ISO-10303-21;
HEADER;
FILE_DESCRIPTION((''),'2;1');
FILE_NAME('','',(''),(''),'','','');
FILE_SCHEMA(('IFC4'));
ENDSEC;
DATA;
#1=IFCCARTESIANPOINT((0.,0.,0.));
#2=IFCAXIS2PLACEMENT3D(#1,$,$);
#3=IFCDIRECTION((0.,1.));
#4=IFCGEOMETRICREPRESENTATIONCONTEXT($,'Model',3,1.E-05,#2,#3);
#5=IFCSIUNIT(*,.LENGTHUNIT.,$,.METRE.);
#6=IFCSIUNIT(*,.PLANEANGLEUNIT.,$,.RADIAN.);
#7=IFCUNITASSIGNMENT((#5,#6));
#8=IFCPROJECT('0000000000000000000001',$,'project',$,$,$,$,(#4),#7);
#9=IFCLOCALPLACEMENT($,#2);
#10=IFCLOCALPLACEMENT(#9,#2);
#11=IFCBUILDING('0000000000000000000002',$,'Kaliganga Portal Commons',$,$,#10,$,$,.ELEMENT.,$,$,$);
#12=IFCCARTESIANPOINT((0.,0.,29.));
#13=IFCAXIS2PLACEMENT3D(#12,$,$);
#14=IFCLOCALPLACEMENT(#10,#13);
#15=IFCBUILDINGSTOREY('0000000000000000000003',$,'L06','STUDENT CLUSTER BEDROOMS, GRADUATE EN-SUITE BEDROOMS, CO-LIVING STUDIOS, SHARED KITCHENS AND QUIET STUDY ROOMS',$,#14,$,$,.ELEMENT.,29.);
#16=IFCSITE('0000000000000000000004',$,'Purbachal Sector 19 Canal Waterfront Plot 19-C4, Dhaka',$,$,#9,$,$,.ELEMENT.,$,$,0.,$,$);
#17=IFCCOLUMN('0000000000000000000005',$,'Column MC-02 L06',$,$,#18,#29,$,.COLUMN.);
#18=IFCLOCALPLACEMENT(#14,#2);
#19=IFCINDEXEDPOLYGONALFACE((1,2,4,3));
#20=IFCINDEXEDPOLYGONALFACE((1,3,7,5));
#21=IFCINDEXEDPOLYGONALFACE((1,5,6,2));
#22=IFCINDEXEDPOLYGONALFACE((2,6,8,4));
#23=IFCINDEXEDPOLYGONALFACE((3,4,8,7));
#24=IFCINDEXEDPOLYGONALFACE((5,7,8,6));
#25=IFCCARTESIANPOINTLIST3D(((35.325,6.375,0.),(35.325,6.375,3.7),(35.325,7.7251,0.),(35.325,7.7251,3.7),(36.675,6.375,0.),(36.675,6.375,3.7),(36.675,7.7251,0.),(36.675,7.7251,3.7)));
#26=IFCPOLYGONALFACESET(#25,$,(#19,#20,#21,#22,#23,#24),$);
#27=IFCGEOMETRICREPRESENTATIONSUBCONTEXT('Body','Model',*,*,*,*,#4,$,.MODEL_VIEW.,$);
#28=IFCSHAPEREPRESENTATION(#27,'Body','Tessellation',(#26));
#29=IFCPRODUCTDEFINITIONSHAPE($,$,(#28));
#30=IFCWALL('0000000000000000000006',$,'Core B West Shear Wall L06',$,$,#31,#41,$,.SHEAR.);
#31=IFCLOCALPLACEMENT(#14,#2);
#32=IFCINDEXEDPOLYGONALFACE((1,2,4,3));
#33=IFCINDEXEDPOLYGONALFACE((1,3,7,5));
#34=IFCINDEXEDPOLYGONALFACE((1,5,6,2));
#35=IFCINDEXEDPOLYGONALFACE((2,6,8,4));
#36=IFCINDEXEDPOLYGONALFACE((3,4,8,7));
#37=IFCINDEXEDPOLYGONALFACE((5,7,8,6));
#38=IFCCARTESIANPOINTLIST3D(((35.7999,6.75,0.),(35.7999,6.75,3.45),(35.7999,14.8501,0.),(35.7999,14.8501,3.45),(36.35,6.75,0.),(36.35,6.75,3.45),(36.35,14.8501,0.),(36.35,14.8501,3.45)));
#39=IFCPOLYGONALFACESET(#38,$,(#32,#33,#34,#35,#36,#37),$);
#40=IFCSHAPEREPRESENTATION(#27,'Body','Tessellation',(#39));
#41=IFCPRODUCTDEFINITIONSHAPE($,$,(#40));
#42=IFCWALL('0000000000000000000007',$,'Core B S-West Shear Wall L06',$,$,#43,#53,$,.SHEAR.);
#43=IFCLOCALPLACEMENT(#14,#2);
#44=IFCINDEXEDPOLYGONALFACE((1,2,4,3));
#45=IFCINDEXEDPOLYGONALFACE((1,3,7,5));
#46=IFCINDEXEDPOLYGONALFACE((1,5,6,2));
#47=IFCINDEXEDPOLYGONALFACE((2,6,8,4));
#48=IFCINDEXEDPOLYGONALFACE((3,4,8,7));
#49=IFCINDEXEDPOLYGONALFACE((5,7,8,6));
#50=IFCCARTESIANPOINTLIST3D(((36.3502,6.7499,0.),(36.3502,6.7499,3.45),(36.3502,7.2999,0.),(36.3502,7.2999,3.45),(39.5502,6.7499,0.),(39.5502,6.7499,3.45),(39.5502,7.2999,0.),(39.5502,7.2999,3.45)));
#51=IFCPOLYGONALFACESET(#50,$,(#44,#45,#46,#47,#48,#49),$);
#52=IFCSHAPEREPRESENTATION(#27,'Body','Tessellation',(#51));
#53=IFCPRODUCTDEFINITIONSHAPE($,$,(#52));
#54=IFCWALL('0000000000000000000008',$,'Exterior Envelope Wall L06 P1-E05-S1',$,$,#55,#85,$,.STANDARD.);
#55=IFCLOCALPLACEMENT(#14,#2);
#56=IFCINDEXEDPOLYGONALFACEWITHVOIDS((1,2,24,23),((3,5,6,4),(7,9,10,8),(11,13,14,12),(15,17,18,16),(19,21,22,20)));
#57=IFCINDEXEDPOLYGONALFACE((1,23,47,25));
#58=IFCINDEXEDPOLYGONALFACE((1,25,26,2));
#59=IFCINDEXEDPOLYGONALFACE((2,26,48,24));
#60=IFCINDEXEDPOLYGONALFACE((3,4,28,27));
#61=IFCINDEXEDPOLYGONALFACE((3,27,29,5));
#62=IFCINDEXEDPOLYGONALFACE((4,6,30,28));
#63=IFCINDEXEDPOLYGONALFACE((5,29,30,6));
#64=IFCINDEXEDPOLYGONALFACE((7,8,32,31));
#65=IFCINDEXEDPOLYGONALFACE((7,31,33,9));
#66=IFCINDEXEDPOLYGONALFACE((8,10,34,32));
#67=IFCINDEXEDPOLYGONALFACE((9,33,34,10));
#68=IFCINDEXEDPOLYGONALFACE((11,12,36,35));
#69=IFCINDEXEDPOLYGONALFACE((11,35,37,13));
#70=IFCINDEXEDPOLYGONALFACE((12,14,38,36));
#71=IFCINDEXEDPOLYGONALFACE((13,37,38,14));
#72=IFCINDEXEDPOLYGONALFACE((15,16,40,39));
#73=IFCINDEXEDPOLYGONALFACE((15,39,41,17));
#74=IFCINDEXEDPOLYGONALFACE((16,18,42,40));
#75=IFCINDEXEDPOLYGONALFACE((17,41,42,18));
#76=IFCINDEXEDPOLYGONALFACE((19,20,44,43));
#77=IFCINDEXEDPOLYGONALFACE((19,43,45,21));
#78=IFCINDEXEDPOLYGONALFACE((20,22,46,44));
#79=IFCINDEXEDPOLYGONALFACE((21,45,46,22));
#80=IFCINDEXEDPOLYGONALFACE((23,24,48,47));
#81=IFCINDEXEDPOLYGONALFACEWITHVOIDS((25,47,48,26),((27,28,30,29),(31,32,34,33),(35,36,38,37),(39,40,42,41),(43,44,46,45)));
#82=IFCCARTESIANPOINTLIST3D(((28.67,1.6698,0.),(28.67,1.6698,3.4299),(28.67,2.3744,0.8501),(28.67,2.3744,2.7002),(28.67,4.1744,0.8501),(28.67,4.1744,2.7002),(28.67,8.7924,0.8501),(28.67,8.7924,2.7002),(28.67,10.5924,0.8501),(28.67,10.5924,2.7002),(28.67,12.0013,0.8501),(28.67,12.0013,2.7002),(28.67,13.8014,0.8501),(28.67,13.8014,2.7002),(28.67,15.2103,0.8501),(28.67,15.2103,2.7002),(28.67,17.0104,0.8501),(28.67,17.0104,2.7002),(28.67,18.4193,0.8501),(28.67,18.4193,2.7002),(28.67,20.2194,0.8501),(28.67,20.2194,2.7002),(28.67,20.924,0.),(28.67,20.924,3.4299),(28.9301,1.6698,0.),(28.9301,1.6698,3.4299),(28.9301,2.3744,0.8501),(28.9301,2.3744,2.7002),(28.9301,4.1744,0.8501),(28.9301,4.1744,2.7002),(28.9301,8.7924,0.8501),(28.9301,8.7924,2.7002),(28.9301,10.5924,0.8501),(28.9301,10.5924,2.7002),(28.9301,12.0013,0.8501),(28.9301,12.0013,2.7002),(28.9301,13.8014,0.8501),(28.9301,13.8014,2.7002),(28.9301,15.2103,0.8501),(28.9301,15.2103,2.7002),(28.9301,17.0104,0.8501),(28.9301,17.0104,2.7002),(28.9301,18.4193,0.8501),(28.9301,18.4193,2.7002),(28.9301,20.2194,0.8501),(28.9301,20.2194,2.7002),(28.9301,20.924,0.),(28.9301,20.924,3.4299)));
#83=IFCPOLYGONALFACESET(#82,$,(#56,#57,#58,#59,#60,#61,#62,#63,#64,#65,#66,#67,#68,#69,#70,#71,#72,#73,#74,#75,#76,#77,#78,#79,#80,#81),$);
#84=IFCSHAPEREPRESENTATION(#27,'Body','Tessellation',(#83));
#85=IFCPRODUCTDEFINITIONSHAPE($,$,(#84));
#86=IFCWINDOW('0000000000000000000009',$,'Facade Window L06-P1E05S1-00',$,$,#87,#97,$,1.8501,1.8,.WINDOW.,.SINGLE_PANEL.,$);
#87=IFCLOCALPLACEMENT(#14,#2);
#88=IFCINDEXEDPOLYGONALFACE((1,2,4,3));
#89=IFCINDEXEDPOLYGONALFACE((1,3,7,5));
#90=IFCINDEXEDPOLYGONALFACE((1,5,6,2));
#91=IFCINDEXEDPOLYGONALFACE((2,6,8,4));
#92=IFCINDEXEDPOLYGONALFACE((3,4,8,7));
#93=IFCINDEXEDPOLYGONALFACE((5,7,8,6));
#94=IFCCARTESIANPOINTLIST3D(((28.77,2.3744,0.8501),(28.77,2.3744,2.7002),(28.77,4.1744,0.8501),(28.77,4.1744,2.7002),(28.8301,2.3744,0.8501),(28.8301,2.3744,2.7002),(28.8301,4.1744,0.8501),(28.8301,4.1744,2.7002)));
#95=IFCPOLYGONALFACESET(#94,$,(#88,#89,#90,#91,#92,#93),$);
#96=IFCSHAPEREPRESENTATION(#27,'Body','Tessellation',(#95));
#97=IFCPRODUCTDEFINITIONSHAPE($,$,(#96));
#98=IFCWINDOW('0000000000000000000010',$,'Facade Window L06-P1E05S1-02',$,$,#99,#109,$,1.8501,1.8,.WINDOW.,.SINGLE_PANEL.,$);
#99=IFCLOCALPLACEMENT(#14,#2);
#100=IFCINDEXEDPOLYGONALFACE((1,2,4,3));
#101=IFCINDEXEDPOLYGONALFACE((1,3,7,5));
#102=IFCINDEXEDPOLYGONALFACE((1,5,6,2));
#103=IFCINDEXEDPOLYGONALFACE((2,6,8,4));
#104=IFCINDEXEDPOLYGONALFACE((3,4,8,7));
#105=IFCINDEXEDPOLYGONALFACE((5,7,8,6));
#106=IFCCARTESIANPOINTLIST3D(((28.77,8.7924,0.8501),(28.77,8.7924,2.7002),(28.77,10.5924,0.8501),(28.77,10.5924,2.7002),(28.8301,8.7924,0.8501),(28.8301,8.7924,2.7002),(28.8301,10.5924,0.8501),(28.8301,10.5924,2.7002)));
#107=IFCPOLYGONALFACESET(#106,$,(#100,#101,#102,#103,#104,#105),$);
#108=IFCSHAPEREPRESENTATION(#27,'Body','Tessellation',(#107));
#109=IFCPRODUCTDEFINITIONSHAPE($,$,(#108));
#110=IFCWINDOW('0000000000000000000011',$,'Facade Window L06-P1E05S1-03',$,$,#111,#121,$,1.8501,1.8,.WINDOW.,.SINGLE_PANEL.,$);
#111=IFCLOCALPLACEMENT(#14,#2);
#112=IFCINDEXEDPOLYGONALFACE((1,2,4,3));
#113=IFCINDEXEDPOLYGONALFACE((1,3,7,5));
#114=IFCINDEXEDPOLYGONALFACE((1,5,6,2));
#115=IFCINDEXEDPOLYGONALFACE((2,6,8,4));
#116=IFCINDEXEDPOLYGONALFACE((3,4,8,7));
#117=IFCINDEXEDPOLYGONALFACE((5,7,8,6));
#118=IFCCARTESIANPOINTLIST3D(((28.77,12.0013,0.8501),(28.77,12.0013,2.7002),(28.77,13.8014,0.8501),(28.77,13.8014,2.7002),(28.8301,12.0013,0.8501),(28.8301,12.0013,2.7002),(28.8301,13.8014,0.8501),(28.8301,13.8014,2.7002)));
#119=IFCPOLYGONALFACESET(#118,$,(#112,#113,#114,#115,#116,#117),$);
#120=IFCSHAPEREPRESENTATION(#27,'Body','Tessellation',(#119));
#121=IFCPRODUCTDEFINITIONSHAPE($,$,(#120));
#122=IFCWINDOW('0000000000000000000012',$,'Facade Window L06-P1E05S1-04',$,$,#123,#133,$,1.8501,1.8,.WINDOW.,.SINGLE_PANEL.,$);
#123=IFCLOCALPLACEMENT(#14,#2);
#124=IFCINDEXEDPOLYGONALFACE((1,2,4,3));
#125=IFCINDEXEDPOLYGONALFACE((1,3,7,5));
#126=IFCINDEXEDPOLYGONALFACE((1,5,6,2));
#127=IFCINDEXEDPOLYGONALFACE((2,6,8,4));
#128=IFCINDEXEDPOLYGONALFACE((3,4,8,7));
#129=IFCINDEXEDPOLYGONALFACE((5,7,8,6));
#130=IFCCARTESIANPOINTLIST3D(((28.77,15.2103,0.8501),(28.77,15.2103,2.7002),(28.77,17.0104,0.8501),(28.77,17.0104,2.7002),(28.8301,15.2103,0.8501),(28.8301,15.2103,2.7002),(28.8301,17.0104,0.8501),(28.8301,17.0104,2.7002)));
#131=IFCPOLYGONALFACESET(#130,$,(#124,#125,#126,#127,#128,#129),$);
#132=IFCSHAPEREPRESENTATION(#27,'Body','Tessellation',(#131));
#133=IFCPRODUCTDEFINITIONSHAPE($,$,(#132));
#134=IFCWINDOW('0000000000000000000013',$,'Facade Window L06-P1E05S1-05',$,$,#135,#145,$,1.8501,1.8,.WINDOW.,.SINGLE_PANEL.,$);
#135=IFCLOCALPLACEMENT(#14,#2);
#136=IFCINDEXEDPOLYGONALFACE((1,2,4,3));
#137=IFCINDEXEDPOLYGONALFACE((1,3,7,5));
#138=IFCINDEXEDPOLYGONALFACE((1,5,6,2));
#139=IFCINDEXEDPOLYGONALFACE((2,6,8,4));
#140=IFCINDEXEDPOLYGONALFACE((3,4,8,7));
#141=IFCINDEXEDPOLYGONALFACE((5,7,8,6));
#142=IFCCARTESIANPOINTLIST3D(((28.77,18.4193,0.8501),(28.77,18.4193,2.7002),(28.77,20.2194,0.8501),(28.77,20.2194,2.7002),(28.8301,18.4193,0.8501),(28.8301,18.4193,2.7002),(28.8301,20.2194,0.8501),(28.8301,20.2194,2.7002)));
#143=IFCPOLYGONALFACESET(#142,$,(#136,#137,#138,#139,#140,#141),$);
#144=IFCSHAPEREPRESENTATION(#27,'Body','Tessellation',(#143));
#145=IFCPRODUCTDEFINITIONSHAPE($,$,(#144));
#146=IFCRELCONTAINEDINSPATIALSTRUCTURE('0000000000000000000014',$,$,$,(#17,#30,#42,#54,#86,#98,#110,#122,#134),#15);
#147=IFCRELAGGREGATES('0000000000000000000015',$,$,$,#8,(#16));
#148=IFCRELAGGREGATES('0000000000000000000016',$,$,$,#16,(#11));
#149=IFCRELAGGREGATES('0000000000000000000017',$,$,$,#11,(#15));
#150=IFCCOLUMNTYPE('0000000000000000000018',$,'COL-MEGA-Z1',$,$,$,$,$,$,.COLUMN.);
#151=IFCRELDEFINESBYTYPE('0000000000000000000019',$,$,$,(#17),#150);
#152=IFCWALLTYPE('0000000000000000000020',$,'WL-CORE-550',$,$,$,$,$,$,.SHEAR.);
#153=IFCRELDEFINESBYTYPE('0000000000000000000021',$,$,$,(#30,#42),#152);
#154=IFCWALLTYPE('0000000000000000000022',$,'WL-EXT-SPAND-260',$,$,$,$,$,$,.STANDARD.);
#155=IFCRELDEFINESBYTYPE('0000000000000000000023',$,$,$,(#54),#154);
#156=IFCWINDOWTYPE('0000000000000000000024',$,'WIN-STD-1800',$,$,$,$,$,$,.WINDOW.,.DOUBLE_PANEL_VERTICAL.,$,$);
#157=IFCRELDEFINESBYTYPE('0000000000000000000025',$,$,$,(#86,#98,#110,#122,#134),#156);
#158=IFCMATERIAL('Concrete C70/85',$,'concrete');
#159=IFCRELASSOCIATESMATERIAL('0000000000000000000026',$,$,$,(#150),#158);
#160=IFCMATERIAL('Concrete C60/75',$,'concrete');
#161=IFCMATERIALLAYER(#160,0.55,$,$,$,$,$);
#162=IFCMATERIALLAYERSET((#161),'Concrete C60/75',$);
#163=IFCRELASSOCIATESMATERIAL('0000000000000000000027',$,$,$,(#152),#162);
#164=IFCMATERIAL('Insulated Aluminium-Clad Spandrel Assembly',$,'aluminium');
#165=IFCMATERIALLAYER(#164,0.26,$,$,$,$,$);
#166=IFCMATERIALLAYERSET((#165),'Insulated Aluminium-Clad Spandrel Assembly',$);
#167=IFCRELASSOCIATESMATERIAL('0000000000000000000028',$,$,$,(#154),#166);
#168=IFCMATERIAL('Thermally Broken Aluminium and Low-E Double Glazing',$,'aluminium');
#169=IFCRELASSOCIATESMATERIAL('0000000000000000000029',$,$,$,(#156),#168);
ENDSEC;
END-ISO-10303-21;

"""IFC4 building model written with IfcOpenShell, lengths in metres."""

from ifc_helpers import new_model, si_unit, direction, frame, frame_2d, origin, origin_2d, place, context, subcontext, project, spatial, rectangle, extrude, source, transform, mapped, material, layer, layer_set, material_profile, profile_set, type_object, element, fill, save


model = new_model("IFC4")

# Units and contexts
model_context = context("Model", 3, precision=1e-05, world=origin(), true_north=direction((0.0, 1.0)))
body_context = subcontext(model_context, "Body", "Model", "MODEL_VIEW")
ifc_project = project(units=[si_unit("LENGTHUNIT", "METRE"), si_unit("PLANEANGLEUNIT", "RADIAN")], contexts=[model_context])

# Site, building, storey
site_placement = place(None, origin())
site = spatial("IfcSite", under=ifc_project, at=site_placement, Name="Purbachal Sector 19 Canal Waterfront Plot 19-C4, Dhaka", CompositionType="ELEMENT", RefElevation=0.0)
building_placement = place(site_placement, origin())
building = spatial("IfcBuilding", under=site, at=building_placement, Name="Kaliganga Portal Commons", CompositionType="ELEMENT")
storey_placement = place(building_placement, frame((0.0, 0.0, 29.0)))
storey = spatial("IfcBuildingStorey", under=building, at=storey_placement, Name="L06", Description="STUDENT CLUSTER BEDROOMS, GRADUATE EN-SUITE BEDROOMS, CO-LIVING STUDIOS, SHARED KITCHENS AND QUIET STUDY ROOMS", CompositionType="ELEMENT", Elevation=29.0)

# Column
ifc_material_1 = material(Name="Concrete C70/85", Category="concrete")
ifc_material_profile = material_profile(ifc_material_1, rectangle(XDim=1.3501, YDim=1.3501, at=origin_2d()), Name="RC 1350x1350")
ifc_profile_set = profile_set([ifc_material_profile], Name="Concrete C70/85")
column_type = type_object("IfcColumnType", Name="COL-MEGA-Z1", PredefinedType="COLUMN", material=ifc_profile_set)
shared_shape = source(origin(), body_context, "Body", "SweptSolid", [
    extrude(rectangle(XDim=1.3501, YDim=1.3501, at=origin_2d()), origin(), (0.0, 0.0, 1.0), 3.7),
])
column_placement = place(storey_placement, frame((36.0, 7.05, 0.0), z_axis=(0.0, 0.0, 1.0), x_axis=(1.0, 0.0, 0.0)))
element("IfcColumn", 1, at=column_placement, inside=storey, type_object=column_type, Name="Column MC-02 L06", PredefinedType="COLUMN", context=body_context, shape_type="MappedRepresentation", body=[
    mapped(shared_shape, transform((0.0, 0.0, 0.0), x_axis=(1.0, 0.0, 0.0), y_axis=(0.0, 1.0, 0.0), z_axis=(0.0, 0.0, 1.0), scale=1.0)),
])

# Walls
ifc_material_2 = material(Name="Concrete C60/75", Category="concrete")
ifc_layer_1 = layer(ifc_material_2, 0.55)
ifc_layer_set_1 = layer_set([ifc_layer_1], Name="Concrete C60/75")
wall_type_1 = type_object("IfcWallType", Name="WL-CORE-550", PredefinedType="SHEAR", material=ifc_layer_set_1)
wall_1_placement = place(storey_placement, frame((36.075, 6.75, 0.0), z_axis=(0.0, 0.0, 1.0), x_axis=(0.0, 1.0, 0.0)))
element("IfcWall", 2, at=wall_1_placement, inside=storey, type_object=wall_type_1, Name="Core B West Shear Wall L06", PredefinedType="SHEAR", context=body_context, shape_type="SweptSolid", body=[
    extrude(rectangle(XDim=8.1001, YDim=0.55, at=frame_2d((4.05, 0.0))), origin(), (0.0, 0.0, 1.0), 3.45),
])
wall_2_placement = place(storey_placement, frame((36.3501, 7.0249, 0.0), z_axis=(0.0, 0.0, 1.0), x_axis=(1.0, 0.0, 0.0)))
element("IfcWall", 3, at=wall_2_placement, inside=storey, type_object=wall_type_1, Name="Core B S-West Shear Wall L06", PredefinedType="SHEAR", context=body_context, shape_type="SweptSolid", body=[
    extrude(rectangle(XDim=3.2, YDim=0.55, at=frame_2d((1.6001, 0.0))), origin(), (0.0, 0.0, 1.0), 3.45),
])

# Wall, openings, windows
ifc_material_3 = material(Name="Insulated Aluminium-Clad Spandrel Assembly", Category="aluminium")
ifc_layer_2 = layer(ifc_material_3, 0.26)
ifc_layer_set_2 = layer_set([ifc_layer_2], Name="Insulated Aluminium-Clad Spandrel Assembly")
wall_type_2 = type_object("IfcWallType", Name="WL-EXT-SPAND-260", PredefinedType="STANDARD", material=ifc_layer_set_2)
wall_3_placement = place(storey_placement, frame((28.8, 1.6699, 0.0), z_axis=(0.0, 0.0, 1.0), x_axis=(0.0, 1.0, 0.0)))
wall_3 = element("IfcWall", 4, at=wall_3_placement, inside=storey, type_object=wall_type_2, Name="Exterior Envelope Wall L06 P1-E05-S1", PredefinedType="STANDARD", context=body_context, shape_type="SweptSolid", body=[
    extrude(rectangle(XDim=19.2542, YDim=0.26, at=frame_2d((9.627, 0.0))), origin(), (0.0, 0.0, 1.0), 3.4299),
])
opening_1_placement = place(wall_3_placement, frame((0.7046, 0.0, 0.8501)))
opening_1 = element("IfcOpeningElement", 5, at=opening_1_placement, cuts=wall_3, PredefinedType="OPENING", context=body_context, shape_type="SweptSolid", body=[
    extrude(rectangle(XDim=1.8, YDim=1.8501, at=frame_2d((0.8999, 0.925))), frame((0.0, 0.1401, 0.0), z_axis=(0.0, -1.0, 0.0), x_axis=(1.0, 0.0, 0.0)), (0.0, 0.0, 1.0), 0.28),
])
opening_2_placement = place(wall_3_placement, frame((7.1226, 0.0, 0.8501)))
opening_2 = element("IfcOpeningElement", 6, at=opening_2_placement, cuts=wall_3, PredefinedType="OPENING", context=body_context, shape_type="SweptSolid", body=[
    extrude(rectangle(XDim=1.8, YDim=1.8501, at=frame_2d((0.8999, 0.925))), frame((0.0, 0.1401, 0.0), z_axis=(0.0, -1.0, 0.0), x_axis=(1.0, 0.0, 0.0)), (0.0, 0.0, 1.0), 0.28),
])
opening_3_placement = place(wall_3_placement, frame((10.3315, 0.0, 0.8501)))
opening_3 = element("IfcOpeningElement", 7, at=opening_3_placement, cuts=wall_3, PredefinedType="OPENING", context=body_context, shape_type="SweptSolid", body=[
    extrude(rectangle(XDim=1.8, YDim=1.8501, at=frame_2d((0.8999, 0.925))), frame((0.0, 0.1401, 0.0), z_axis=(0.0, -1.0, 0.0), x_axis=(1.0, 0.0, 0.0)), (0.0, 0.0, 1.0), 0.28),
])
opening_4_placement = place(wall_3_placement, frame((13.5405, 0.0, 0.8501)))
opening_4 = element("IfcOpeningElement", 8, at=opening_4_placement, cuts=wall_3, PredefinedType="OPENING", context=body_context, shape_type="SweptSolid", body=[
    extrude(rectangle(XDim=1.8, YDim=1.8501, at=frame_2d((0.8999, 0.925))), frame((0.0, 0.1401, 0.0), z_axis=(0.0, -1.0, 0.0), x_axis=(1.0, 0.0, 0.0)), (0.0, 0.0, 1.0), 0.28),
])
opening_5_placement = place(wall_3_placement, frame((16.7495, 0.0, 0.8501)))
opening_5 = element("IfcOpeningElement", 9, at=opening_5_placement, cuts=wall_3, PredefinedType="OPENING", context=body_context, shape_type="SweptSolid", body=[
    extrude(rectangle(XDim=1.8, YDim=1.8501, at=frame_2d((0.8999, 0.925))), frame((0.0, 0.1401, 0.0), z_axis=(0.0, -1.0, 0.0), x_axis=(1.0, 0.0, 0.0)), (0.0, 0.0, 1.0), 0.28),
])
ifc_material_4 = material(Name="Thermally Broken Aluminium and Low-E Double Glazing", Category="aluminium")
window_type = type_object("IfcWindowType", Name="WIN-STD-1800", PartitioningType="DOUBLE_PANEL_VERTICAL", PredefinedType="WINDOW", material=ifc_material_4)
window_1_placement = place(opening_1_placement, origin())
window_1 = element("IfcWindow", 10, at=window_1_placement, inside=storey, type_object=window_type, Name="Facade Window L06-P1E05S1-00", OverallHeight=1.8501, OverallWidth=1.8, PartitioningType="SINGLE_PANEL", PredefinedType="WINDOW", context=body_context, shape_type="SweptSolid", body=[
    extrude(rectangle(XDim=1.8, YDim=1.8501, at=frame_2d((0.8999, 0.925))), frame((0.0, 0.03, 0.0), z_axis=(0.0, -1.0, 0.0), x_axis=(1.0, 0.0, 0.0)), (0.0, 0.0, 1.0), 0.0601),
])
fill(opening_1, window_1)
window_2_placement = place(opening_2_placement, origin())
window_2 = element("IfcWindow", 11, at=window_2_placement, inside=storey, type_object=window_type, Name="Facade Window L06-P1E05S1-02", OverallHeight=1.8501, OverallWidth=1.8, PartitioningType="SINGLE_PANEL", PredefinedType="WINDOW", context=body_context, shape_type="SweptSolid", body=[
    extrude(rectangle(XDim=1.8, YDim=1.8501, at=frame_2d((0.8999, 0.925))), frame((0.0, 0.03, 0.0), z_axis=(0.0, -1.0, 0.0), x_axis=(1.0, 0.0, 0.0)), (0.0, 0.0, 1.0), 0.0601),
])
fill(opening_2, window_2)
window_3_placement = place(opening_3_placement, origin())
window_3 = element("IfcWindow", 12, at=window_3_placement, inside=storey, type_object=window_type, Name="Facade Window L06-P1E05S1-03", OverallHeight=1.8501, OverallWidth=1.8, PartitioningType="SINGLE_PANEL", PredefinedType="WINDOW", context=body_context, shape_type="SweptSolid", body=[
    extrude(rectangle(XDim=1.8, YDim=1.8501, at=frame_2d((0.8999, 0.925))), frame((0.0, 0.03, 0.0), z_axis=(0.0, -1.0, 0.0), x_axis=(1.0, 0.0, 0.0)), (0.0, 0.0, 1.0), 0.0601),
])
fill(opening_3, window_3)
window_4_placement = place(opening_4_placement, origin())
window_4 = element("IfcWindow", 13, at=window_4_placement, inside=storey, type_object=window_type, Name="Facade Window L06-P1E05S1-04", OverallHeight=1.8501, OverallWidth=1.8, PartitioningType="SINGLE_PANEL", PredefinedType="WINDOW", context=body_context, shape_type="SweptSolid", body=[
    extrude(rectangle(XDim=1.8, YDim=1.8501, at=frame_2d((0.8999, 0.925))), frame((0.0, 0.03, 0.0), z_axis=(0.0, -1.0, 0.0), x_axis=(1.0, 0.0, 0.0)), (0.0, 0.0, 1.0), 0.0601),
])
fill(opening_4, window_4)
window_5_placement = place(opening_5_placement, origin())
window_5 = element("IfcWindow", 14, at=window_5_placement, inside=storey, type_object=window_type, Name="Facade Window L06-P1E05S1-05", OverallHeight=1.8501, OverallWidth=1.8, PartitioningType="SINGLE_PANEL", PredefinedType="WINDOW", context=body_context, shape_type="SweptSolid", body=[
    extrude(rectangle(XDim=1.8, YDim=1.8501, at=frame_2d((0.8999, 0.925))), frame((0.0, 0.03, 0.0), z_axis=(0.0, -1.0, 0.0), x_axis=(1.0, 0.0, 0.0)), (0.0, 0.0, 1.0), 0.0601),
])
fill(opening_5, window_5)

save(model, "model.ifc")
